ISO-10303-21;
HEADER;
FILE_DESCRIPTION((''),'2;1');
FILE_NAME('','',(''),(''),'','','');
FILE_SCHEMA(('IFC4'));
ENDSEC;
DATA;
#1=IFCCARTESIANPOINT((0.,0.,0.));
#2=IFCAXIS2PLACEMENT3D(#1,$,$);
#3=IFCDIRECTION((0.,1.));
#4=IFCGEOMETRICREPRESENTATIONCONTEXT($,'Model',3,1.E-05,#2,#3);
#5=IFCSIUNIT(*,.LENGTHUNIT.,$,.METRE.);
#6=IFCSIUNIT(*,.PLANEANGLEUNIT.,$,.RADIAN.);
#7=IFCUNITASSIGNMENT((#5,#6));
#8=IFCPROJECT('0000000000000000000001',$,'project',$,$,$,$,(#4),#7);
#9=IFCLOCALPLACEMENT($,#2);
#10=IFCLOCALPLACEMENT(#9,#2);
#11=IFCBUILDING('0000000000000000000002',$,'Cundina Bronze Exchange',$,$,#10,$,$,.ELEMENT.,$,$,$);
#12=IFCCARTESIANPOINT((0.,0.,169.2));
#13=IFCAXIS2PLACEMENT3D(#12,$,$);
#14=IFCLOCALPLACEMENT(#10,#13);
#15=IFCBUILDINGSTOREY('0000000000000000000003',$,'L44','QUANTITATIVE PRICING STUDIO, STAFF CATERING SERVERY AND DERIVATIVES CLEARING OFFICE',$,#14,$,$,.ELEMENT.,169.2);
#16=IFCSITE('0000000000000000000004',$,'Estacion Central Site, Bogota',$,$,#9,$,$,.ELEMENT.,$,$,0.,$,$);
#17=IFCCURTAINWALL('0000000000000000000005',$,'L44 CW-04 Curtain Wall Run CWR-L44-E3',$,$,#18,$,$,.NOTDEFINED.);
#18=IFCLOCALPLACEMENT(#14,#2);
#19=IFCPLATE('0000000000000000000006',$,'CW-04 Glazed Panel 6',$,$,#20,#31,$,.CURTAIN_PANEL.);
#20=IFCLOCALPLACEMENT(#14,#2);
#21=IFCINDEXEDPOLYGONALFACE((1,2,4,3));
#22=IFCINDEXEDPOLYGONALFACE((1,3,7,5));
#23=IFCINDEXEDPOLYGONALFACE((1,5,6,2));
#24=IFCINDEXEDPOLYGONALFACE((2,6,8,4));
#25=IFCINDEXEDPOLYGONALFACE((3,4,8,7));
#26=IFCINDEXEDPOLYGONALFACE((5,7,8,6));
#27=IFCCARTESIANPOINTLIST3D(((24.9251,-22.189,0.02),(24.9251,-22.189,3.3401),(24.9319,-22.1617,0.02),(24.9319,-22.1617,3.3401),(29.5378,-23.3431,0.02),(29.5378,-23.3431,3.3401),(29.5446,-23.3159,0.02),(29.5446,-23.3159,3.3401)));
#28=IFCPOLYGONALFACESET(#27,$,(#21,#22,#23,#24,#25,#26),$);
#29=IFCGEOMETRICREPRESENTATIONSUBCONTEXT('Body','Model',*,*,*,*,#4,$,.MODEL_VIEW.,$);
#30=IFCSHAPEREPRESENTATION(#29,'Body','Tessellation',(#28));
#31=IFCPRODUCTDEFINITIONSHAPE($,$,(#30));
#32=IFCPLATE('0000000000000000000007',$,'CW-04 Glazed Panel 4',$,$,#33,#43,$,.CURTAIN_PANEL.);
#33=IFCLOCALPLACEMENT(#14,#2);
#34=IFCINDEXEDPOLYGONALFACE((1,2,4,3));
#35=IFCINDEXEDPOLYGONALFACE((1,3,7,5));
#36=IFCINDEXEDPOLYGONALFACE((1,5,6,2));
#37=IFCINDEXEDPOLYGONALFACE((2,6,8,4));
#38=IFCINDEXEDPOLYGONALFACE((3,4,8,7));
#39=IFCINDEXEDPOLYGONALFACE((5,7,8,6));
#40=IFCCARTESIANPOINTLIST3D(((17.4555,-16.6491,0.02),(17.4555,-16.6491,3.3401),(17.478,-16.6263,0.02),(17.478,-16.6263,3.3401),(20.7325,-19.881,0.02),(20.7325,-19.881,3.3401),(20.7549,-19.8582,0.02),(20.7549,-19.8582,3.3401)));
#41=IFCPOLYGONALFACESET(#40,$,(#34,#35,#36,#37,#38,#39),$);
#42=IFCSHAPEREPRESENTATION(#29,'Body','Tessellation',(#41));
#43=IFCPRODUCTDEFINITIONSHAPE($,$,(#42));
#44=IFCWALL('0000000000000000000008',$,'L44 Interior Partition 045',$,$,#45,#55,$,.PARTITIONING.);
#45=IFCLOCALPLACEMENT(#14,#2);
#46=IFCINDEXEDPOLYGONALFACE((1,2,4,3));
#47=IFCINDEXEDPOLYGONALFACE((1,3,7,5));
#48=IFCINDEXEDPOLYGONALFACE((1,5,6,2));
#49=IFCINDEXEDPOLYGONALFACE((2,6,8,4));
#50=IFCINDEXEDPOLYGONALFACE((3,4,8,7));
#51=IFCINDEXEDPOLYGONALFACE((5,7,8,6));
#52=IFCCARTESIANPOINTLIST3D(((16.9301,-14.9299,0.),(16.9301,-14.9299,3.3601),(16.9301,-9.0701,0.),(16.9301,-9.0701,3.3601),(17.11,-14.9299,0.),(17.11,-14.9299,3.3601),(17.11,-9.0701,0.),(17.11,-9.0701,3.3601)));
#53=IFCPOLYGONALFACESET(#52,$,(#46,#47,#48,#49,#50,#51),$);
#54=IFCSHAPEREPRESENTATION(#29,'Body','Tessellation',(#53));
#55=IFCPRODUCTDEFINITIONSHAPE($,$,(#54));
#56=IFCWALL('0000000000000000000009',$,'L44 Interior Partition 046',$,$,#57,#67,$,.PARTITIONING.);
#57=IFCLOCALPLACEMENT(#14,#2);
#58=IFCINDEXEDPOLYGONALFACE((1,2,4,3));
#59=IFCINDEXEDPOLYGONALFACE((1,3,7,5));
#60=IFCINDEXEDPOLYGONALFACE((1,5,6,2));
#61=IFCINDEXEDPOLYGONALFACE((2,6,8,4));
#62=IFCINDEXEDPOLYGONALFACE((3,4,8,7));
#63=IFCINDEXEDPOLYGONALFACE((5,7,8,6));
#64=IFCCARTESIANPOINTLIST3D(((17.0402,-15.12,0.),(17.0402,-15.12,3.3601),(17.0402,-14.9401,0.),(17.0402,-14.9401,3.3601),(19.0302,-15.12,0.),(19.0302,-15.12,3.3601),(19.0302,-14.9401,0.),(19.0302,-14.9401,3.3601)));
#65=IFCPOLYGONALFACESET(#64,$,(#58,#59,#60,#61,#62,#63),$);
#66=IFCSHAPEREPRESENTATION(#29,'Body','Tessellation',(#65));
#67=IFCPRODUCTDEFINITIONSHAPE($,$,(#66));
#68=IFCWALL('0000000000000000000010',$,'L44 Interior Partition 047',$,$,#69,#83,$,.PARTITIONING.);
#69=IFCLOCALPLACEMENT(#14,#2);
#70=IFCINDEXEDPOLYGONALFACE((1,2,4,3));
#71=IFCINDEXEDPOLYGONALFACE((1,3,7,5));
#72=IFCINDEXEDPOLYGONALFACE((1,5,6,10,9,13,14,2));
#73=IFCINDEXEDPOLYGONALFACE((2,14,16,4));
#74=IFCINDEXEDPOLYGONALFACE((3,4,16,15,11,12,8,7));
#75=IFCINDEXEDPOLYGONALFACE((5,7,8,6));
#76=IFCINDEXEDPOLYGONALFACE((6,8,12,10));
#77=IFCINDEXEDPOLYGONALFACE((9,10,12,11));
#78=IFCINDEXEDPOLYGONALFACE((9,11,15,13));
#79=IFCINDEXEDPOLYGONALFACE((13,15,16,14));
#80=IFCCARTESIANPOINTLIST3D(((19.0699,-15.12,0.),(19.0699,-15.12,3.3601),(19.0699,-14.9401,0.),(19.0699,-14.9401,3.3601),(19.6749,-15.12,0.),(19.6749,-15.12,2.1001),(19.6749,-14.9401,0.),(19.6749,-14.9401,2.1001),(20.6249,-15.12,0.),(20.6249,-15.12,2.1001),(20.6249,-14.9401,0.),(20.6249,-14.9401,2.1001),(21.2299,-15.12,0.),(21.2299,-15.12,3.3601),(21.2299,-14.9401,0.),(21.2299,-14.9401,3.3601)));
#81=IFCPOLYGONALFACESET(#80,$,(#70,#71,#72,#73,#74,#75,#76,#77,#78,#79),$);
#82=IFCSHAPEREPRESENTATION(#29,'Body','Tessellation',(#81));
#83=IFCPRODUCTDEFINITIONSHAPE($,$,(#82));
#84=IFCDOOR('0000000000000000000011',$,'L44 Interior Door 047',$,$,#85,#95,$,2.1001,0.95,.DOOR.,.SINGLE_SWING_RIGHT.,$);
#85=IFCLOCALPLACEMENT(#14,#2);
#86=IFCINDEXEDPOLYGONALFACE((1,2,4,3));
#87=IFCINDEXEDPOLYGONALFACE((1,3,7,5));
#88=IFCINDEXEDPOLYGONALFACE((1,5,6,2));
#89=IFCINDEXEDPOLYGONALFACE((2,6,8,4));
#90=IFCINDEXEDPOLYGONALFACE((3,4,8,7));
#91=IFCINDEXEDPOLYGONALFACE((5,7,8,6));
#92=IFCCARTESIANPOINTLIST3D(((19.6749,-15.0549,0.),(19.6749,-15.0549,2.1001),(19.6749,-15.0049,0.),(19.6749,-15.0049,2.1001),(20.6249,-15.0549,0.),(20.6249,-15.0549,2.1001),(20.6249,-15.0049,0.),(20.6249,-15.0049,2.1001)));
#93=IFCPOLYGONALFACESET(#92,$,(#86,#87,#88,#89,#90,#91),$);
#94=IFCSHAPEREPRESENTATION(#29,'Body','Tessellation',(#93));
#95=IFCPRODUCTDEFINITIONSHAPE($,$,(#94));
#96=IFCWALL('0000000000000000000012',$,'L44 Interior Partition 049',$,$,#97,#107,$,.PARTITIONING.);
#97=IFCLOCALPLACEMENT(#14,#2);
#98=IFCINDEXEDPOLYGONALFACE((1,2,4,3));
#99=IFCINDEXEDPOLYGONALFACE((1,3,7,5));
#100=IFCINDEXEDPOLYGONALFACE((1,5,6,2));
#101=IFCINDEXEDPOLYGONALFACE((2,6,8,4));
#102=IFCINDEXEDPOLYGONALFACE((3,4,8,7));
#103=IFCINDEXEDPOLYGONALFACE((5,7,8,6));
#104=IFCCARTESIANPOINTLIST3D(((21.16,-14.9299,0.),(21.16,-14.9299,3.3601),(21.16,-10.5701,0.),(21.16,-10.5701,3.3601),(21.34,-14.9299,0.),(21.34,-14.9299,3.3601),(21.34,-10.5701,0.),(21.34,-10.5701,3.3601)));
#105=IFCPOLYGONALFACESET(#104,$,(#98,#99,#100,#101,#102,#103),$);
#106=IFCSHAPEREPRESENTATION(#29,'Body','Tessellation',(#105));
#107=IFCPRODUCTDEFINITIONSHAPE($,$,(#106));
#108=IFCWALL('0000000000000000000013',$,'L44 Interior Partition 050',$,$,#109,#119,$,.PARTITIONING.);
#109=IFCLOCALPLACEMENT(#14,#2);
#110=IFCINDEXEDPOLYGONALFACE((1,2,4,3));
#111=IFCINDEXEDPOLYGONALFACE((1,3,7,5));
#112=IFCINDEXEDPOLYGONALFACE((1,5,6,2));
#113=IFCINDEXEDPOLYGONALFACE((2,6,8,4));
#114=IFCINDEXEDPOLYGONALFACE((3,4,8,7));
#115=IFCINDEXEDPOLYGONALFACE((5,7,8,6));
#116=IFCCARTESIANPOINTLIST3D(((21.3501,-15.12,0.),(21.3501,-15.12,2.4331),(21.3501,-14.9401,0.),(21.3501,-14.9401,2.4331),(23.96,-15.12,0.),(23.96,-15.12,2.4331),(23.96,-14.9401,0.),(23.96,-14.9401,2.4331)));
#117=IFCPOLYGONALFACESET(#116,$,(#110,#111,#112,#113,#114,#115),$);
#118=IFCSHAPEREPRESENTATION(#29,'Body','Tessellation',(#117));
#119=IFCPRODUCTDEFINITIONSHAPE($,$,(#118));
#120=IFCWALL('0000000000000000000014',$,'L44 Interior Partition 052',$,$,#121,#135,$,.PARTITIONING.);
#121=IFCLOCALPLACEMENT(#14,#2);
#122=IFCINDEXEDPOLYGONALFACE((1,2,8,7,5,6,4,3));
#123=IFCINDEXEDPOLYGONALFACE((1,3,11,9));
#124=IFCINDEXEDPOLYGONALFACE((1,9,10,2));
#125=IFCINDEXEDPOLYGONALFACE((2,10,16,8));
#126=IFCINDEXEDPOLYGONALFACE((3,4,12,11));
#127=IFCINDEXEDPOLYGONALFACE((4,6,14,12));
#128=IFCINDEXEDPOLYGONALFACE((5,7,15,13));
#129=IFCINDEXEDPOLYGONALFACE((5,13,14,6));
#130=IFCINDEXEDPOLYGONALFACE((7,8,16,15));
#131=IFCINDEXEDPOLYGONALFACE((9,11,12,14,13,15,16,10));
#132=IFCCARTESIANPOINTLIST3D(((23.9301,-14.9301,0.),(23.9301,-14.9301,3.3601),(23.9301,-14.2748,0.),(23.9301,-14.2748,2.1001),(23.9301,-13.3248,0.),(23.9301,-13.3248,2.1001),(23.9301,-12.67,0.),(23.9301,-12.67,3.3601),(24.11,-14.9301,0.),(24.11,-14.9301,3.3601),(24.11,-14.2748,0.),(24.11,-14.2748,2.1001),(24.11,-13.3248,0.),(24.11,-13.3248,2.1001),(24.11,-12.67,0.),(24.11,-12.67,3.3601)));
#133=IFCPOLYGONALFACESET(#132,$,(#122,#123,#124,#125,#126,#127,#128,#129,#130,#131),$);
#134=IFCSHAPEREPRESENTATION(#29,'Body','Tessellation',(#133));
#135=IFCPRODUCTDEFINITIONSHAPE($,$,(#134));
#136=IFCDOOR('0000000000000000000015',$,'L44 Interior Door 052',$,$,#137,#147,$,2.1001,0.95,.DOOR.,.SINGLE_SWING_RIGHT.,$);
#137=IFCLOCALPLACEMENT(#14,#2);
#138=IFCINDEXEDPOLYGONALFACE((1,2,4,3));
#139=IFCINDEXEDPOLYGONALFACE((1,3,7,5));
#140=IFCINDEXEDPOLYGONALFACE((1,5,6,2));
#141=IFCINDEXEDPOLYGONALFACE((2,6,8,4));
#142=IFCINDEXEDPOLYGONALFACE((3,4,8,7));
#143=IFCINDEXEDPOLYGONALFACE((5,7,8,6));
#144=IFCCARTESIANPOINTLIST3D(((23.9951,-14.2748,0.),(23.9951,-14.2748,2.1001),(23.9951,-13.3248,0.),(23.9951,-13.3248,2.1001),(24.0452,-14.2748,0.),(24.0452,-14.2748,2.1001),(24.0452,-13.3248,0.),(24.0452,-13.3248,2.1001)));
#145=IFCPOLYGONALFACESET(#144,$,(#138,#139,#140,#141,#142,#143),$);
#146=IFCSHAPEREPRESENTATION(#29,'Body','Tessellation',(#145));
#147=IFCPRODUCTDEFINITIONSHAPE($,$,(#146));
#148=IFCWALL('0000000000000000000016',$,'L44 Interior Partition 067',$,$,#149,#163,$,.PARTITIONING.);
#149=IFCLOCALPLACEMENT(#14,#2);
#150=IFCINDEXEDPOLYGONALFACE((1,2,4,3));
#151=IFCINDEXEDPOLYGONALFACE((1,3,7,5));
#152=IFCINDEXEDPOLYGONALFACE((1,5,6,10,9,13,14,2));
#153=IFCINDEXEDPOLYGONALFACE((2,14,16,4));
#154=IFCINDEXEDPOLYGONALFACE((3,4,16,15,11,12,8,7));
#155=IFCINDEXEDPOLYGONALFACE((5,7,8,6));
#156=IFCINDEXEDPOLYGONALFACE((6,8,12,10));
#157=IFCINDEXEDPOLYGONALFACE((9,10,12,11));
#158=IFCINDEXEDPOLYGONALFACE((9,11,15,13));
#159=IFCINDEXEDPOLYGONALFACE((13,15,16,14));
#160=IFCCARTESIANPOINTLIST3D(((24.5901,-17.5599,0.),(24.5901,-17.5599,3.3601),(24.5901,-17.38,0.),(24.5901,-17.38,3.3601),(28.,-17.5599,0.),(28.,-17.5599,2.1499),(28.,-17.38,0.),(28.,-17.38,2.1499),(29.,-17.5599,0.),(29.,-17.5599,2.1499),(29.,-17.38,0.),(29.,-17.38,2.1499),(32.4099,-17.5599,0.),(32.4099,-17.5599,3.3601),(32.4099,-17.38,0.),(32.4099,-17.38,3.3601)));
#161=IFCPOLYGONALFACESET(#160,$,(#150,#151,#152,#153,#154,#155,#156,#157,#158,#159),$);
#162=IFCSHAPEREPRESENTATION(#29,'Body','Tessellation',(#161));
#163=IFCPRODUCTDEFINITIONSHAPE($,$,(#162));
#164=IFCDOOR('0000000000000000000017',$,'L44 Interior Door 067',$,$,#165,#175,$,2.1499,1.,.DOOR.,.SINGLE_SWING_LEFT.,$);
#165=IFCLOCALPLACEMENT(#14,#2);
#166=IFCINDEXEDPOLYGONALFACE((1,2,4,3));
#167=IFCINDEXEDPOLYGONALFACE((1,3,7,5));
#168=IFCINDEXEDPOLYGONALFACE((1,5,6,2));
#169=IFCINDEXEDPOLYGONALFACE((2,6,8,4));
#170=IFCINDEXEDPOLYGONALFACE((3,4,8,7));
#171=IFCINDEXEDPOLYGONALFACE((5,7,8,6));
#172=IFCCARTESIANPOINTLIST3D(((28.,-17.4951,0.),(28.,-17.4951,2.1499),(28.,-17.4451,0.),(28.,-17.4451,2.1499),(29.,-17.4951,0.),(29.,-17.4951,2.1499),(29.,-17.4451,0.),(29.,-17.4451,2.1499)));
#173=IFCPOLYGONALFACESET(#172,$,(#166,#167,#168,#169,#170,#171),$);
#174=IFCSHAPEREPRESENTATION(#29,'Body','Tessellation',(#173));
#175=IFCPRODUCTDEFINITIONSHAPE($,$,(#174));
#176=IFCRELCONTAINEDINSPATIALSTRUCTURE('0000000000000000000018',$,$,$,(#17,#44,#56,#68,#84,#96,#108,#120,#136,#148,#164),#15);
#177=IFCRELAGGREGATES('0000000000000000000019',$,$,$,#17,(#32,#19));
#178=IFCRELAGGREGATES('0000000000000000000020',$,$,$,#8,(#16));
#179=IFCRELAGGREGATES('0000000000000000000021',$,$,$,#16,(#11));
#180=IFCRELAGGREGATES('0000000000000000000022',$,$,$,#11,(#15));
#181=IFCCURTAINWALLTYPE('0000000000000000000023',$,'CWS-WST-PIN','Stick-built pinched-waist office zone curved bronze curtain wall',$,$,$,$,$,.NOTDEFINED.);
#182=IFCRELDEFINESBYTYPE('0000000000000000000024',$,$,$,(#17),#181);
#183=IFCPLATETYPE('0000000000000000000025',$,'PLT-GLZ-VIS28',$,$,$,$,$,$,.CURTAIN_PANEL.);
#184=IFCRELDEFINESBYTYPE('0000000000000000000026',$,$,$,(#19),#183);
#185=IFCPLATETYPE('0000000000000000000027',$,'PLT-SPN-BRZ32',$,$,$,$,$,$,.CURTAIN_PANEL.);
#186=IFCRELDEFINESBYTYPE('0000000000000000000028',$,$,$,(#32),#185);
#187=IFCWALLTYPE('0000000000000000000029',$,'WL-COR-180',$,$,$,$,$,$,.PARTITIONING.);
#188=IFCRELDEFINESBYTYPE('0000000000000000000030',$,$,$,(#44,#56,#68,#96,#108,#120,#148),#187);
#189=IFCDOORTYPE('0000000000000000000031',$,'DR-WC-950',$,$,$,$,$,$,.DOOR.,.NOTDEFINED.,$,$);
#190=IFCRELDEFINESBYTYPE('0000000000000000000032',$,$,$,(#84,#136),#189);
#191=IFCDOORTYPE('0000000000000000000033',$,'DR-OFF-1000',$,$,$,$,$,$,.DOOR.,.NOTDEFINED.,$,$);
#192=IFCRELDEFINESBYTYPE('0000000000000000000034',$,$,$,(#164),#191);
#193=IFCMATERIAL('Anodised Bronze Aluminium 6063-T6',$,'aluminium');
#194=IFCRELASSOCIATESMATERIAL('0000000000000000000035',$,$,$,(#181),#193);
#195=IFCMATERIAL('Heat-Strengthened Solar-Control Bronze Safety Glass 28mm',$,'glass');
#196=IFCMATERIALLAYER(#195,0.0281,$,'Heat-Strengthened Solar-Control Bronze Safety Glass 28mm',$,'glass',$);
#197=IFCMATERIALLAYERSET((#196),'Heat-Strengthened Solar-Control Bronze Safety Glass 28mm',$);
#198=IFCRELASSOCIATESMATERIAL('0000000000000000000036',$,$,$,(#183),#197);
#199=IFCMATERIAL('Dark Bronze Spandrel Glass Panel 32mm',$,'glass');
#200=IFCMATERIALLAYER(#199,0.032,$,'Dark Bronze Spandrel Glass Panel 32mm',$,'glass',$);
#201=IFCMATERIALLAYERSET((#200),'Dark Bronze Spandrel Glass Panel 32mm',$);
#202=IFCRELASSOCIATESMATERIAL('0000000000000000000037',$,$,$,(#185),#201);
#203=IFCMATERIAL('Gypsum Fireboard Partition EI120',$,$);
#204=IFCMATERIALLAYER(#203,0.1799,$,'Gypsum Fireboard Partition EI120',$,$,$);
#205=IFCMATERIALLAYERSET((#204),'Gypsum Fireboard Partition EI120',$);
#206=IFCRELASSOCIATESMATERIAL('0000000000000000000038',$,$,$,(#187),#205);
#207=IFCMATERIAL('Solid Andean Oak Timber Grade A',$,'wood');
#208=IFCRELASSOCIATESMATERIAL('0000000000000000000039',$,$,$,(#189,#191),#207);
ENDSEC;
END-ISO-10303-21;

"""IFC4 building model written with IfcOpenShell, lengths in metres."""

from ifc_helpers import new_model, si_unit, direction, frame, frame_2d, origin, origin_2d, place, context, subcontext, project, spatial, rectangle, extrude, material, layer, layer_set, type_object, element, fill, aggregate, save


model = new_model("IFC4")

# Units and contexts
model_context = context("Model", 3, precision=1e-05, world=origin(), true_north=direction((0.0, 1.0)))
body_context = subcontext(model_context, "Body", "Model", "MODEL_VIEW")
ifc_project = project(units=[si_unit("LENGTHUNIT", "METRE"), si_unit("PLANEANGLEUNIT", "RADIAN")], contexts=[model_context])

# Site, building, storey
site_placement = place(None, origin())
site = spatial("IfcSite", under=ifc_project, at=site_placement, Name="Estacion Central Site, Bogota", CompositionType="ELEMENT", RefElevation=0.0)
building_placement = place(site_placement, origin())
building = spatial("IfcBuilding", under=site, at=building_placement, Name="Cundina Bronze Exchange", CompositionType="ELEMENT")
storey_placement = place(building_placement, frame((0.0, 0.0, 169.2)))
storey = spatial("IfcBuildingStorey", under=building, at=storey_placement, Name="L44", Description="QUANTITATIVE PRICING STUDIO, STAFF CATERING SERVERY AND DERIVATIVES CLEARING OFFICE", CompositionType="ELEMENT", Elevation=169.2)

# Curtain wall, plates
ifc_material_1 = material(Name="Anodised Bronze Aluminium 6063-T6", Category="aluminium")
curtain_wall_type = type_object("IfcCurtainWallType", Name="CWS-WST-PIN", Description="Stick-built pinched-waist office zone curved bronze curtain wall", PredefinedType="NOTDEFINED", material=ifc_material_1)
curtain_wall_placement = place(storey_placement, origin())
curtain_wall = element("IfcCurtainWall", 1, at=curtain_wall_placement, inside=storey, type_object=curtain_wall_type, Name="L44 CW-04 Curtain Wall Run CWR-L44-E3", PredefinedType="NOTDEFINED")
ifc_material_2 = material(Name="Heat-Strengthened Solar-Control Bronze Safety Glass 28mm", Category="glass")
ifc_layer_1 = layer(ifc_material_2, 0.0281, Name="Heat-Strengthened Solar-Control Bronze Safety Glass 28mm", Category="glass")
ifc_layer_set_1 = layer_set([ifc_layer_1], Name="Heat-Strengthened Solar-Control Bronze Safety Glass 28mm")
plate_type_1 = type_object("IfcPlateType", Name="PLT-GLZ-VIS28", PredefinedType="CURTAIN_PANEL", material=ifc_layer_set_1)
plate_1_placement = place(storey_placement, frame((27.2349, -22.7524, 0.02), z_axis=(0.0, 0.0, 1.0), x_axis=(0.970093, -0.242735, 0.0)))
plate_1 = element("IfcPlate", 2, at=plate_1_placement, type_object=plate_type_1, Name="CW-04 Glazed Panel 6", PredefinedType="CURTAIN_PANEL", context=body_context, shape_type="SweptSolid", body=[
    extrude(rectangle(XDim=4.7549, YDim=0.0281, at=origin_2d()), origin(), (0.0, 0.0, 1.0), 3.3201),
])
ifc_material_3 = material(Name="Dark Bronze Spandrel Glass Panel 32mm", Category="glass")
ifc_layer_2 = layer(ifc_material_3, 0.032, Name="Dark Bronze Spandrel Glass Panel 32mm", Category="glass")
ifc_layer_set_2 = layer_set([ifc_layer_2], Name="Dark Bronze Spandrel Glass Panel 32mm")
plate_type_2 = type_object("IfcPlateType", Name="PLT-SPN-BRZ32", PredefinedType="CURTAIN_PANEL", material=ifc_layer_set_2)
plate_2_placement = place(storey_placement, frame((19.1052, -18.2537, 0.02), z_axis=(0.0, 0.0, 1.0), x_axis=(0.711989, -0.70219, 0.0)))
plate_2 = element("IfcPlate", 3, at=plate_2_placement, type_object=plate_type_2, Name="CW-04 Glazed Panel 4", PredefinedType="CURTAIN_PANEL", context=body_context, shape_type="SweptSolid", body=[
    extrude(rectangle(XDim=4.6025, YDim=0.032, at=origin_2d()), origin(), (0.0, 0.0, 1.0), 3.3201),
])
aggregate(curtain_wall, [plate_2, plate_1])

# Walls
ifc_material_4 = material(Name="Gypsum Fireboard Partition EI120")
ifc_layer_3 = layer(ifc_material_4, 0.1799, Name="Gypsum Fireboard Partition EI120")
ifc_layer_set_3 = layer_set([ifc_layer_3], Name="Gypsum Fireboard Partition EI120")
wall_type_1 = type_object("IfcWallType", Name="WL-COR-180", PredefinedType="PARTITIONING", material=ifc_layer_set_3)
wall_1_placement = place(storey_placement, frame((17.02, -14.9299, 0.0), z_axis=(0.0, 0.0, 1.0), x_axis=(0.0, 1.0, 0.0)))
element("IfcWall", 4, at=wall_1_placement, inside=storey, type_object=wall_type_1, Name="L44 Interior Partition 045", PredefinedType="PARTITIONING", context=body_context, shape_type="SweptSolid", body=[
    extrude(rectangle(XDim=5.8599, YDim=0.1799, at=frame_2d((2.9299, 0.0))), origin(), (0.0, 0.0, 1.0), 3.3601),
])
wall_2_placement = place(storey_placement, frame((17.04, -15.03, 0.0), z_axis=(0.0, 0.0, 1.0), x_axis=(1.0, 0.0, 0.0)))
element("IfcWall", 5, at=wall_2_placement, inside=storey, type_object=wall_type_1, Name="L44 Interior Partition 046", PredefinedType="PARTITIONING", context=body_context, shape_type="SweptSolid", body=[
    extrude(rectangle(XDim=1.99, YDim=0.1799, at=frame_2d((0.9951, 0.0))), origin(), (0.0, 0.0, 1.0), 3.3601),
])

# Wall, opening, door
wall_3_placement = place(storey_placement, frame((21.23, -15.03, 0.0), z_axis=(0.0, 0.0, 1.0), x_axis=(-1.0, 0.0, 0.0)))
wall_3 = element("IfcWall", 6, at=wall_3_placement, inside=storey, type_object=wall_type_1, Name="L44 Interior Partition 047", PredefinedType="PARTITIONING", context=body_context, shape_type="SweptSolid", body=[
    extrude(rectangle(XDim=2.1599, YDim=0.1799, at=frame_2d((1.0801, 0.0))), origin(), (0.0, 0.0, 1.0), 3.3601),
])
opening_1_placement = place(wall_3_placement, frame((0.605, 0.0, 0.0)))
opening_1 = element("IfcOpeningElement", 7, at=opening_1_placement, cuts=wall_3, PredefinedType="OPENING", context=body_context, shape_type="SweptSolid", body=[
    extrude(rectangle(XDim=0.95, YDim=2.1001, at=frame_2d((0.4751, 1.05))), frame((0.0, 0.0999, 0.0), z_axis=(0.0, -1.0, 0.0), x_axis=(1.0, 0.0, 0.0)), (0.0, 0.0, 1.0), 0.2),
])
ifc_material_5 = material(Name="Solid Andean Oak Timber Grade A", Category="wood")
door_type_1 = type_object("IfcDoorType", Name="DR-WC-950", OperationType="NOTDEFINED", PredefinedType="DOOR", material=ifc_material_5)
door_1_placement = place(opening_1_placement, origin())
door_1 = element("IfcDoor", 8, at=door_1_placement, inside=storey, type_object=door_type_1, Name="L44 Interior Door 047", OperationType="SINGLE_SWING_RIGHT", OverallHeight=2.1001, OverallWidth=0.95, PredefinedType="DOOR", context=body_context, shape_type="SweptSolid", body=[
    extrude(rectangle(XDim=0.95, YDim=2.1001, at=frame_2d((0.4751, 1.05))), frame((0.0, 0.0249, 0.0), z_axis=(0.0, -1.0, 0.0), x_axis=(1.0, 0.0, 0.0)), (0.0, 0.0, 1.0), 0.05),
])
fill(opening_1, door_1)

# Walls
wall_4_placement = place(storey_placement, frame((21.25, -14.9299, 0.0), z_axis=(0.0, 0.0, 1.0), x_axis=(0.0, 1.0, 0.0)))
element("IfcWall", 9, at=wall_4_placement, inside=storey, type_object=wall_type_1, Name="L44 Interior Partition 049", PredefinedType="PARTITIONING", context=body_context, shape_type="SweptSolid", body=[
    extrude(rectangle(XDim=4.3599, YDim=0.1799, at=frame_2d((2.1799, 0.0))), origin(), (0.0, 0.0, 1.0), 3.3601),
])
wall_5_placement = place(storey_placement, frame((21.3501, -15.03, 0.0), z_axis=(0.0, 0.0, 1.0), x_axis=(1.0, 0.0, 0.0)))
element("IfcWall", 10, at=wall_5_placement, inside=storey, type_object=wall_type_1, Name="L44 Interior Partition 050", PredefinedType="PARTITIONING", context=body_context, shape_type="SweptSolid", body=[
    extrude(rectangle(XDim=2.6099, YDim=0.1799, at=frame_2d((1.3049, 0.0))), origin(), (0.0, 0.0, 1.0), 2.4331),
])

# Walls, openings, doors
wall_6_placement = place(storey_placement, frame((24.02, -14.9299, 0.0), z_axis=(0.0, 0.0, 1.0), x_axis=(0.0, 1.0, 0.0)))
wall_6 = element("IfcWall", 11, at=wall_6_placement, inside=storey, type_object=wall_type_1, Name="L44 Interior Partition 052", PredefinedType="PARTITIONING", context=body_context, shape_type="SweptSolid", body=[
    extrude(rectangle(XDim=2.26, YDim=0.1799, at=frame_2d((1.1299, 0.0))), origin(), (0.0, 0.0, 1.0), 3.3601),
])
opening_2_placement = place(wall_6_placement, frame((0.655, 0.0, 0.0)))
opening_2 = element("IfcOpeningElement", 12, at=opening_2_placement, cuts=wall_6, PredefinedType="OPENING", context=body_context, shape_type="SweptSolid", body=[
    extrude(rectangle(XDim=0.95, YDim=2.1001, at=frame_2d((0.4751, 1.05))), frame((0.0, 0.0999, 0.0), z_axis=(0.0, -1.0, 0.0), x_axis=(1.0, 0.0, 0.0)), (0.0, 0.0, 1.0), 0.2),
])
door_2_placement = place(opening_2_placement, origin())
door_2 = element("IfcDoor", 13, at=door_2_placement, inside=storey, type_object=door_type_1, Name="L44 Interior Door 052", OperationType="SINGLE_SWING_RIGHT", OverallHeight=2.1001, OverallWidth=0.95, PredefinedType="DOOR", context=body_context, shape_type="SweptSolid", body=[
    extrude(rectangle(XDim=0.95, YDim=2.1001, at=frame_2d((0.4751, 1.05))), frame((0.0, 0.0249, 0.0), z_axis=(0.0, -1.0, 0.0), x_axis=(1.0, 0.0, 0.0)), (0.0, 0.0, 1.0), 0.05),
])
fill(opening_2, door_2)
wall_7_placement = place(storey_placement, frame((24.5901, -17.47, 0.0), z_axis=(0.0, 0.0, 1.0), x_axis=(1.0, 0.0, 0.0)))
wall_7 = element("IfcWall", 14, at=wall_7_placement, inside=storey, type_object=wall_type_1, Name="L44 Interior Partition 067", PredefinedType="PARTITIONING", context=body_context, shape_type="SweptSolid", body=[
    extrude(rectangle(XDim=7.8198, YDim=0.1799, at=frame_2d((3.9099, 0.0))), origin(), (0.0, 0.0, 1.0), 3.3601),
])
opening_3_placement = place(wall_7_placement, frame((3.4099, 0.0, 0.0)))
opening_3 = element("IfcOpeningElement", 15, at=opening_3_placement, cuts=wall_7, PredefinedType="OPENING", context=body_context, shape_type="SweptSolid", body=[
    extrude(rectangle(XDim=1.0, YDim=2.1499, at=frame_2d((0.5, 1.075))), frame((0.0, 0.0999, 0.0), z_axis=(0.0, -1.0, 0.0), x_axis=(1.0, 0.0, 0.0)), (0.0, 0.0, 1.0), 0.2),
])
door_type_2 = type_object("IfcDoorType", Name="DR-OFF-1000", OperationType="NOTDEFINED", PredefinedType="DOOR", material=ifc_material_5)
door_3_placement = place(opening_3_placement, origin())
door_3 = element("IfcDoor", 16, at=door_3_placement, inside=storey, type_object=door_type_2, Name="L44 Interior Door 067", OperationType="SINGLE_SWING_LEFT", OverallHeight=2.1499, OverallWidth=1.0, PredefinedType="DOOR", context=body_context, shape_type="SweptSolid", body=[
    extrude(rectangle(XDim=1.0, YDim=2.1499, at=frame_2d((0.5, 1.075))), frame((0.0, 0.0249, 0.0), z_axis=(0.0, -1.0, 0.0), x_axis=(1.0, 0.0, 0.0)), (0.0, 0.0, 1.0), 0.05),
])
fill(opening_3, door_3)

save(model, "model.ifc")
